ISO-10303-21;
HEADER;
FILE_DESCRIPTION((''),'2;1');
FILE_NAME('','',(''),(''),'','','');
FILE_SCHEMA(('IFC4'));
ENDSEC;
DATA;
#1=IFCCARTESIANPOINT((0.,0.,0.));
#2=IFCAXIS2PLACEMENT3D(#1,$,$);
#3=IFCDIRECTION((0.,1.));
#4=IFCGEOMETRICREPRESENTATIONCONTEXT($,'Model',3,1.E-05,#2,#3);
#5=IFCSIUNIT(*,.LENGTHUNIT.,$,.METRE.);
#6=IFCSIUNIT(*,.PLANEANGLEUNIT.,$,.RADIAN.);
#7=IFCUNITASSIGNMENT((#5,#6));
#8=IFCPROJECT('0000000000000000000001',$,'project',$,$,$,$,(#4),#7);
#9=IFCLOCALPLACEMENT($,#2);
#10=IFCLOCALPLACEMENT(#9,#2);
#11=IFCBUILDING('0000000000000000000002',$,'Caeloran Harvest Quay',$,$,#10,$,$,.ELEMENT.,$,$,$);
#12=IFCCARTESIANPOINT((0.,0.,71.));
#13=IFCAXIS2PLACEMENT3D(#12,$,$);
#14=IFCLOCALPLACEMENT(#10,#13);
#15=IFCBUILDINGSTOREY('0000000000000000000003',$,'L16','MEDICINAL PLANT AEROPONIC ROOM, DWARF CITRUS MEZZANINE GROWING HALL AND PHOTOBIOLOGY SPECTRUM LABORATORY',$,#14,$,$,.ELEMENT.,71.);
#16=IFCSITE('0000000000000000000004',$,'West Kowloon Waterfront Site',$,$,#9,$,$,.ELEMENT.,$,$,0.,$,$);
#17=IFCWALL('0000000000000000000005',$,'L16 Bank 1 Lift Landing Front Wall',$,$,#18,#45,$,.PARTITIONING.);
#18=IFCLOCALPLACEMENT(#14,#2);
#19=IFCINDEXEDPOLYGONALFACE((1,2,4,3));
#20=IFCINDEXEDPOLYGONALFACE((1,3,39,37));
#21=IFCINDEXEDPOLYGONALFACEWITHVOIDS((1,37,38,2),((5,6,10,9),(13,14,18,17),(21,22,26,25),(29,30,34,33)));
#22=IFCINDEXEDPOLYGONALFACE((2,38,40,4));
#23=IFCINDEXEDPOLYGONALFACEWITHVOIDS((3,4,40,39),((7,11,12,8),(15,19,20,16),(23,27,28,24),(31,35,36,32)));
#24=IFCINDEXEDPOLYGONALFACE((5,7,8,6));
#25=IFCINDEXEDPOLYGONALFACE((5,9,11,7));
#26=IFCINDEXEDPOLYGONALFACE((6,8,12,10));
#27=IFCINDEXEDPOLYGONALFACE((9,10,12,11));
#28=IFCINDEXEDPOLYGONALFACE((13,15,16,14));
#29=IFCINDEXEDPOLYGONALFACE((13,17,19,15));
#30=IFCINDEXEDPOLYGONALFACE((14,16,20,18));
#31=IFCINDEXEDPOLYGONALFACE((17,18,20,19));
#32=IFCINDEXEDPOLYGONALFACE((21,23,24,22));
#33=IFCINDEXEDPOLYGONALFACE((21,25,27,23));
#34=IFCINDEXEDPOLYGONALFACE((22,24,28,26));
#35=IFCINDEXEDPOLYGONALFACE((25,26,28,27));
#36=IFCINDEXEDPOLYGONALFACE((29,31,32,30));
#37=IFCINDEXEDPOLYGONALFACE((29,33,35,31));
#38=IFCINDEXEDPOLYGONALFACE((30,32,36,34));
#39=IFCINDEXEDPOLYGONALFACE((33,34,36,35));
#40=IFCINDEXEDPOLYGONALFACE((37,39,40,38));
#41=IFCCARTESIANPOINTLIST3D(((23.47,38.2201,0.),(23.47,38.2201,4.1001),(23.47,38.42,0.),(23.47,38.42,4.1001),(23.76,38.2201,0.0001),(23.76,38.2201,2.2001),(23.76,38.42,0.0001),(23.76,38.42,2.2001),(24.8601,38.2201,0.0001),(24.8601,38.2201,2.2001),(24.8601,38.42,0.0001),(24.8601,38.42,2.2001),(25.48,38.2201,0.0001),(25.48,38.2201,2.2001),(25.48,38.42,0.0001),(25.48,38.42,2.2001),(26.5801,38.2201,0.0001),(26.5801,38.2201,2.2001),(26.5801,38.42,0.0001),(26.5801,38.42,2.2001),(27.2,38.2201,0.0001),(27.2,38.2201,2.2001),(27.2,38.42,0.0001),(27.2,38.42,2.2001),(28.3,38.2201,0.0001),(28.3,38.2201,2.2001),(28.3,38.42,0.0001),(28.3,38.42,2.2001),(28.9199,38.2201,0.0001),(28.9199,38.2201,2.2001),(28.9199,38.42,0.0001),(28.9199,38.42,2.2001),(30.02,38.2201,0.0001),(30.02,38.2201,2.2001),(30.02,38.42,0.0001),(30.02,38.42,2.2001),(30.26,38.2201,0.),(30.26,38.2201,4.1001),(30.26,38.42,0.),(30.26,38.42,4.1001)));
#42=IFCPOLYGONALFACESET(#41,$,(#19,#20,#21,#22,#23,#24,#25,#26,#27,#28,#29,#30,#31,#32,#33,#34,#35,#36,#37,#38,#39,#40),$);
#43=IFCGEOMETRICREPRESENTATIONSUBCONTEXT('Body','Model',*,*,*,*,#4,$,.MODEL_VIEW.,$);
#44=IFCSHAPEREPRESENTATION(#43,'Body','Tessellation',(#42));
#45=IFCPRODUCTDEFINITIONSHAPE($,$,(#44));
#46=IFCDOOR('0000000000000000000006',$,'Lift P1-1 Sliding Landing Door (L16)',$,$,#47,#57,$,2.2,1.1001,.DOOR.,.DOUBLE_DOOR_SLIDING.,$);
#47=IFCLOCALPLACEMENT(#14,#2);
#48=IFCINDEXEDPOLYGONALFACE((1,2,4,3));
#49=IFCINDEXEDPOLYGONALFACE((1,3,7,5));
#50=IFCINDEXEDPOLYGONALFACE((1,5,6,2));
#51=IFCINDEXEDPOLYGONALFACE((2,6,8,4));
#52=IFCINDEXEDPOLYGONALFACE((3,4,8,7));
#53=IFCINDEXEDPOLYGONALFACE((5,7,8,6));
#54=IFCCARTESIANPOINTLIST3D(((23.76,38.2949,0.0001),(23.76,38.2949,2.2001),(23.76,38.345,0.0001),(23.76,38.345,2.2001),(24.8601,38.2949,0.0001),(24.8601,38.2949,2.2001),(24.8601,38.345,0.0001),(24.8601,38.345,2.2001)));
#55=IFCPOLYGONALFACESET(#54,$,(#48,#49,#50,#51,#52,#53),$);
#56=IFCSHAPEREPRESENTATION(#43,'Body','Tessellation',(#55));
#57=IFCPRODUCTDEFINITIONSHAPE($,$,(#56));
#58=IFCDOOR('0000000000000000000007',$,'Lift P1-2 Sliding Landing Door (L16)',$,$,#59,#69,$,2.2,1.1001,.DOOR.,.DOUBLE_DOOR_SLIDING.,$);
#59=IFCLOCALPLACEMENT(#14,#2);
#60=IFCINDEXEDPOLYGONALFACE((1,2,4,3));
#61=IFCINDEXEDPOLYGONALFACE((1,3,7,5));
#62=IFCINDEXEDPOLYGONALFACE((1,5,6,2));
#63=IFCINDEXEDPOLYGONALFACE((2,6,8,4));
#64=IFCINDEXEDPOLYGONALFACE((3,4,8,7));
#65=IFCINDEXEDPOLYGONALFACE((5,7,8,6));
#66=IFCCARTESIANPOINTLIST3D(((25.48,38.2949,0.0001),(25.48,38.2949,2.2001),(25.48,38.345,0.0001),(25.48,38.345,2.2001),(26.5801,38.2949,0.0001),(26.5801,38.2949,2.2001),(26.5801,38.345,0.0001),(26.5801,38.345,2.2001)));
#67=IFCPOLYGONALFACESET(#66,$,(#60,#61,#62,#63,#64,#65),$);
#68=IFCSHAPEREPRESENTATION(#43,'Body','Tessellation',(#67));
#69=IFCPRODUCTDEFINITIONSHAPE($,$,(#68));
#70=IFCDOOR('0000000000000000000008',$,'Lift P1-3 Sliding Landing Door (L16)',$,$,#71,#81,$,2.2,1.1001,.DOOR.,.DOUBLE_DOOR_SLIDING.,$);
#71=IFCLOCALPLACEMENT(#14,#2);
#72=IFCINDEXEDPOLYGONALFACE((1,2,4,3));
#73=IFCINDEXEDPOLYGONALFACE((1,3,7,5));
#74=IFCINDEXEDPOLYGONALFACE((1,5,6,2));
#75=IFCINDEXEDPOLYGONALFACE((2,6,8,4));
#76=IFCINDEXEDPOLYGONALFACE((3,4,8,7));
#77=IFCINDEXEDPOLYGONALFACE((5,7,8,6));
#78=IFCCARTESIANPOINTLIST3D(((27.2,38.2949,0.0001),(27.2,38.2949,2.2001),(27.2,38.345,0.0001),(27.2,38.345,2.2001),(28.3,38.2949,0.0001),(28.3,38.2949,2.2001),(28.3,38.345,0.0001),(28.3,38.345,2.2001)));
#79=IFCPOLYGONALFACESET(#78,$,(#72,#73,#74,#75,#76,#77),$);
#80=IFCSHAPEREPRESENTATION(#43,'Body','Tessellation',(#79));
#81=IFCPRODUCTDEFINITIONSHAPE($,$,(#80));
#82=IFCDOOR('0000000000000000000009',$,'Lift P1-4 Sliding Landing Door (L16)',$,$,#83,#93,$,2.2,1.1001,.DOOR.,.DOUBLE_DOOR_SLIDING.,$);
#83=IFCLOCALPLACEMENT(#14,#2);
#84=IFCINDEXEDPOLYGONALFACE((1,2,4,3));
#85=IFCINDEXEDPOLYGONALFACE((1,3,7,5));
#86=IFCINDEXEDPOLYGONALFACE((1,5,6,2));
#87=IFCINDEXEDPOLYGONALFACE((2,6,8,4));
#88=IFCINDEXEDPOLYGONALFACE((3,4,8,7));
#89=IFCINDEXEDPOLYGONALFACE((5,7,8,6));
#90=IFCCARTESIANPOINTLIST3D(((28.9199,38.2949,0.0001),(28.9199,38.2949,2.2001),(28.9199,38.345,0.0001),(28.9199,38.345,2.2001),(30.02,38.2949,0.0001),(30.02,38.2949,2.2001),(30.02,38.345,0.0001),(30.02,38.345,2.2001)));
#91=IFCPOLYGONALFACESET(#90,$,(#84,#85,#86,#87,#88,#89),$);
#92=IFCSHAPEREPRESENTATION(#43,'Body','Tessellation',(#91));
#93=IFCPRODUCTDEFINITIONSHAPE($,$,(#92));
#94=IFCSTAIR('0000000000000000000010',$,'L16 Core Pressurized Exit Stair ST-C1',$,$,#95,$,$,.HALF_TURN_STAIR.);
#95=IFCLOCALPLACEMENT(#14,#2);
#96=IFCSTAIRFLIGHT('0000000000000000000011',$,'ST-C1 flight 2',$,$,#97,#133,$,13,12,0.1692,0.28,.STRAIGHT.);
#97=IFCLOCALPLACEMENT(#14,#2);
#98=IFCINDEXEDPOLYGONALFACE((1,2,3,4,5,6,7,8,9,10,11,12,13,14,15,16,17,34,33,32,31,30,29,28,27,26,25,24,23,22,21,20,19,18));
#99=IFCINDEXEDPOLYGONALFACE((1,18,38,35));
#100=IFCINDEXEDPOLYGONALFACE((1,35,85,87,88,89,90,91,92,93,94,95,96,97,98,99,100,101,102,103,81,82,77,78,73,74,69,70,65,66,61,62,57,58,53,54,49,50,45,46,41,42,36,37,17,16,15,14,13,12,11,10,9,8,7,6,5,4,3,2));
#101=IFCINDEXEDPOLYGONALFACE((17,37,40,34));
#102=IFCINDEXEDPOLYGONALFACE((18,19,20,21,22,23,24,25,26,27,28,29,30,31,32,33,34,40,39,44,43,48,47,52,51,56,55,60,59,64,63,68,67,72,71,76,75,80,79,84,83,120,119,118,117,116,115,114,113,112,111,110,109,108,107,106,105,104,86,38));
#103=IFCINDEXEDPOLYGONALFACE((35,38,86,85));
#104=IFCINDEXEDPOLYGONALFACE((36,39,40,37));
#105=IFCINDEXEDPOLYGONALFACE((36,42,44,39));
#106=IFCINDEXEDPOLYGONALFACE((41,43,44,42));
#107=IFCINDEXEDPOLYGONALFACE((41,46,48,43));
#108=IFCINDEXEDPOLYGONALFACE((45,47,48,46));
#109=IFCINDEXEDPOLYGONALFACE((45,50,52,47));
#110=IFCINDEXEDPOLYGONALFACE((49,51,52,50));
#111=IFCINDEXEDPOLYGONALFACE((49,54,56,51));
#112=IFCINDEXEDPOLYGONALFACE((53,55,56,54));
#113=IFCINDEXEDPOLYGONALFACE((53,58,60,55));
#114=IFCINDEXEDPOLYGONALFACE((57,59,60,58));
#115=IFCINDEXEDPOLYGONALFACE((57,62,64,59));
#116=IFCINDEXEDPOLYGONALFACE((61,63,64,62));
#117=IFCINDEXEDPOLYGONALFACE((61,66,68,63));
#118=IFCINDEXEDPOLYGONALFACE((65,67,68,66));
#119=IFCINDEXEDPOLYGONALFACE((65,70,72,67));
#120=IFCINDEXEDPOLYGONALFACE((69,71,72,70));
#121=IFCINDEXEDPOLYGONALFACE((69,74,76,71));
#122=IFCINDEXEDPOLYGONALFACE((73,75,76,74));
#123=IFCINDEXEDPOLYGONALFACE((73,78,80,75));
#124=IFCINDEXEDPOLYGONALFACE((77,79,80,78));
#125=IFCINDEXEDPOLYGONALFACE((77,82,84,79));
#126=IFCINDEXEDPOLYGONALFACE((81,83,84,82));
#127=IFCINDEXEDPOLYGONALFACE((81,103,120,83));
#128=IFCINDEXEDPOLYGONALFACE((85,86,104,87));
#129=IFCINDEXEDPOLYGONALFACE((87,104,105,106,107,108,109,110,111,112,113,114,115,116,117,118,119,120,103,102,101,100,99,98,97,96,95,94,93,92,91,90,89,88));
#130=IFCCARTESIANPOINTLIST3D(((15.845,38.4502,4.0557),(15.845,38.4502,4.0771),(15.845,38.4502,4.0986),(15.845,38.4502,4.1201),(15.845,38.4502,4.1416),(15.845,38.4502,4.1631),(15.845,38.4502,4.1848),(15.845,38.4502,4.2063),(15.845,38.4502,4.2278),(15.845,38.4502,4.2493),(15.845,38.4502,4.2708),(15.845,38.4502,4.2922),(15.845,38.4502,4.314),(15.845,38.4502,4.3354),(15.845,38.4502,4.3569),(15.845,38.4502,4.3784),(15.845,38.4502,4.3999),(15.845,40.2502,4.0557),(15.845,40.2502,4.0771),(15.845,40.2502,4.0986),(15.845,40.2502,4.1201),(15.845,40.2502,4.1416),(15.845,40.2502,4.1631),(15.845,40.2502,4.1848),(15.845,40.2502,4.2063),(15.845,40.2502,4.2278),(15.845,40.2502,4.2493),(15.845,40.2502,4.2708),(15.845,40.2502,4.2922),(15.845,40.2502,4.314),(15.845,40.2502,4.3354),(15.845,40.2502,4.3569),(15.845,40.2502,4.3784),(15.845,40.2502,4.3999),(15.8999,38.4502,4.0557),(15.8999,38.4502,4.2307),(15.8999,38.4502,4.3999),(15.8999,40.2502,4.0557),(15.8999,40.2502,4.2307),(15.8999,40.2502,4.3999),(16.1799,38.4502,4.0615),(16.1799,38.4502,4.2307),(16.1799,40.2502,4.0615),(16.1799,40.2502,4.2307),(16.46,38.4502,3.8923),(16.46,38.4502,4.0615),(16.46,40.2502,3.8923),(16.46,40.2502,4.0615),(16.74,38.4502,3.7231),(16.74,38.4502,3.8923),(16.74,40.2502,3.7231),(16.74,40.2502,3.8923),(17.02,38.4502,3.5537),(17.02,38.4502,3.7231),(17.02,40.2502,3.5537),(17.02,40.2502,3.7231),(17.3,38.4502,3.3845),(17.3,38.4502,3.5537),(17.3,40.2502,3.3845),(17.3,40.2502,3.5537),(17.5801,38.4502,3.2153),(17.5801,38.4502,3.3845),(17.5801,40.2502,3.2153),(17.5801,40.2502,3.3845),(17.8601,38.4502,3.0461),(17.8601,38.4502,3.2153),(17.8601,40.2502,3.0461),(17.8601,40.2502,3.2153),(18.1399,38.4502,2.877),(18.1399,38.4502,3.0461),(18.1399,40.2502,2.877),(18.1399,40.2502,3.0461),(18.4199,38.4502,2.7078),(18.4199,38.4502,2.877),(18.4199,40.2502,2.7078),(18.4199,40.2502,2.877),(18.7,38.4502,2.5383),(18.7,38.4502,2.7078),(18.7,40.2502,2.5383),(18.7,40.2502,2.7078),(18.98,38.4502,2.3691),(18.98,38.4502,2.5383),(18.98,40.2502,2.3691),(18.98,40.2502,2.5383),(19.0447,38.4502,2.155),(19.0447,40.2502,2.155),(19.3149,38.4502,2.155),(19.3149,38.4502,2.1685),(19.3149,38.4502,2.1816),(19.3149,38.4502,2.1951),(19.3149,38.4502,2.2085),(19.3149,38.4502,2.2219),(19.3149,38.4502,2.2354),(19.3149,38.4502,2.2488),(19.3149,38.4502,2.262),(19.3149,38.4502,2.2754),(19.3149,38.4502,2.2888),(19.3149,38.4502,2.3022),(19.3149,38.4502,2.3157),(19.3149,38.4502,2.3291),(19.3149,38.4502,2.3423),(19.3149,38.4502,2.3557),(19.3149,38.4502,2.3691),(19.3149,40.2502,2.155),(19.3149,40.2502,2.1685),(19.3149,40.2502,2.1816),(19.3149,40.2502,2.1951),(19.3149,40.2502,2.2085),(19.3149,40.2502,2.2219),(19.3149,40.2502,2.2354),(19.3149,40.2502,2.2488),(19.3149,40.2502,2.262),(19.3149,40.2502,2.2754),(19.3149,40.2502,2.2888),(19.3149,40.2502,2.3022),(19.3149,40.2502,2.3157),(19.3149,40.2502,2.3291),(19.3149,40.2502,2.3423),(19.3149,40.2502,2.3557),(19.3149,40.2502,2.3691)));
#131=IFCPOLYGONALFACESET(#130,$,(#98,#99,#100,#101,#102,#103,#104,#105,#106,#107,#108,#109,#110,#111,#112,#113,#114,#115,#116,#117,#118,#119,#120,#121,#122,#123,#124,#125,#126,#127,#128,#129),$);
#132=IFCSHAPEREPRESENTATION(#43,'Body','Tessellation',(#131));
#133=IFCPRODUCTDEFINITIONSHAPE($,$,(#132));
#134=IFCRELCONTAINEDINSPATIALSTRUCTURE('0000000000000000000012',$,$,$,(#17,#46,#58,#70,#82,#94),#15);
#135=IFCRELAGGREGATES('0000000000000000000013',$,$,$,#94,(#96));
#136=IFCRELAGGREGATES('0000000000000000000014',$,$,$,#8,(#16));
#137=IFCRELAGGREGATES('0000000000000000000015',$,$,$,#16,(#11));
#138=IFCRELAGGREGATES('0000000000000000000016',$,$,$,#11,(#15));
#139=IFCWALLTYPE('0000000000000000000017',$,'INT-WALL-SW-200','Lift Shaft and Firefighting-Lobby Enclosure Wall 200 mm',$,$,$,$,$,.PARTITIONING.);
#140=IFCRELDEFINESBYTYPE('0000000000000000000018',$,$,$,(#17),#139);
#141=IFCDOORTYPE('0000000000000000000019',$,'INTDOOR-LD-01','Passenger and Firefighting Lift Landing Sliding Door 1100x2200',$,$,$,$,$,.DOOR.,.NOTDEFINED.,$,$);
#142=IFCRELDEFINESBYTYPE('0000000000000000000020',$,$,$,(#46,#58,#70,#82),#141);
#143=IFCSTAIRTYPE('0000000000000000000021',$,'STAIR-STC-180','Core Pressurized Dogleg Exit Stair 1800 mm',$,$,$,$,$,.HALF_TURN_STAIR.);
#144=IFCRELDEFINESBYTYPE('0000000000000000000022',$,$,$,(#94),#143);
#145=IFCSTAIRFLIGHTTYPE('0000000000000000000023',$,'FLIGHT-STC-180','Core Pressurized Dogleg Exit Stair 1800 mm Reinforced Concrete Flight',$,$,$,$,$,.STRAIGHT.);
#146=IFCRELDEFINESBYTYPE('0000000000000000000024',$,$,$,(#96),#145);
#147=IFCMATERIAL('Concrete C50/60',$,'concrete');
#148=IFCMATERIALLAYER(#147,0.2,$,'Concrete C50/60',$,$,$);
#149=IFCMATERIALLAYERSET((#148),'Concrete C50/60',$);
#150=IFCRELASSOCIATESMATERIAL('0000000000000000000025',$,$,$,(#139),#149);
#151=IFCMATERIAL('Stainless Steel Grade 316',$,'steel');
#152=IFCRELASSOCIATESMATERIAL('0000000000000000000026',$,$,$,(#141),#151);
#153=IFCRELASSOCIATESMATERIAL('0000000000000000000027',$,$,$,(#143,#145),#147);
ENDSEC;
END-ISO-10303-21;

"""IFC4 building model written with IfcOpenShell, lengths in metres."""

from ifc_helpers import new_model, si_unit, direction, frame, frame_2d, origin, place, context, subcontext, project, spatial, polyline, rectangle, outline, extrude, material, layer, layer_set, type_object, element, fill, aggregate, save


model = new_model("IFC4")

# Units and contexts
model_context = context("Model", 3, precision=1e-05, world=origin(), true_north=direction((0.0, 1.0)))
body_context = subcontext(model_context, "Body", "Model", "MODEL_VIEW")
ifc_project = project(units=[si_unit("LENGTHUNIT", "METRE"), si_unit("PLANEANGLEUNIT", "RADIAN")], contexts=[model_context])

# Site, building, storey
site_placement = place(None, origin())
site = spatial("IfcSite", under=ifc_project, at=site_placement, Name="West Kowloon Waterfront Site", CompositionType="ELEMENT", RefElevation=0.0)
building_placement = place(site_placement, origin())
building = spatial("IfcBuilding", under=site, at=building_placement, Name="Caeloran Harvest Quay", CompositionType="ELEMENT")
storey_placement = place(building_placement, frame((0.0, 0.0, 71.0)))
storey = spatial("IfcBuildingStorey", under=building, at=storey_placement, Name="L16", Description="MEDICINAL PLANT AEROPONIC ROOM, DWARF CITRUS MEZZANINE GROWING HALL AND PHOTOBIOLOGY SPECTRUM LABORATORY", CompositionType="ELEMENT", Elevation=71.0)

# Shared definitions
ifc_material_1 = material(Name="Concrete C50/60", Category="concrete")
ifc_layer_1 = layer(ifc_material_1, 0.2, Name="Concrete C50/60")
ifc_layer_set_1 = layer_set([ifc_layer_1], Name="Concrete C50/60")
wall_type_1 = type_object("IfcWallType", Name="INT-WALL-SW-200", Description="Lift Shaft and Firefighting-Lobby Enclosure Wall 200 mm", PredefinedType="PARTITIONING", material=ifc_layer_set_1)
ifc_material_2 = material(Name="Stainless Steel Grade 316", Category="steel")

# Wall, openings, doors
wall_1_placement = place(storey_placement, frame((23.47, 38.3201, 0.0), z_axis=(0.0, 0.0, 1.0), x_axis=(1.0, 0.0, 0.0)))
wall_1 = element("IfcWall", 1, at=wall_1_placement, inside=storey, type_object=wall_type_1, Name="L16 Bank 1 Lift Landing Front Wall", PredefinedType="PARTITIONING", context=body_context, shape_type="SweptSolid", body=[
    extrude(rectangle(XDim=6.79, YDim=0.2, at=frame_2d((3.395, 0.0))), origin(), (0.0, 0.0, 1.0), 4.1001),
])
opening_1_placement = place(wall_1_placement, frame((0.29, 0.0, 0.0)))
opening_1 = element("IfcOpeningElement", 2, at=opening_1_placement, cuts=wall_1, PredefinedType="OPENING", context=body_context, shape_type="SweptSolid", body=[
    extrude(rectangle(XDim=1.1001, YDim=2.2, at=frame_2d((0.55, 1.1001))), frame((0.0, 0.1099, 0.0), z_axis=(0.0, -1.0, 0.0), x_axis=(1.0, 0.0, 0.0)), (0.0, 0.0, 1.0), 0.22),
])
opening_2_placement = place(wall_1_placement, frame((2.01, 0.0, 0.0)))
opening_2 = element("IfcOpeningElement", 3, at=opening_2_placement, cuts=wall_1, PredefinedType="OPENING", context=body_context, shape_type="SweptSolid", body=[
    extrude(rectangle(XDim=1.1001, YDim=2.2, at=frame_2d((0.55, 1.1001))), frame((0.0, 0.1099, 0.0), z_axis=(0.0, -1.0, 0.0), x_axis=(1.0, 0.0, 0.0)), (0.0, 0.0, 1.0), 0.22),
])
opening_3_placement = place(wall_1_placement, frame((3.73, 0.0, 0.0)))
opening_3 = element("IfcOpeningElement", 4, at=opening_3_placement, cuts=wall_1, PredefinedType="OPENING", context=body_context, shape_type="SweptSolid", body=[
    extrude(rectangle(XDim=1.1001, YDim=2.2, at=frame_2d((0.55, 1.1001))), frame((0.0, 0.1099, 0.0), z_axis=(0.0, -1.0, 0.0), x_axis=(1.0, 0.0, 0.0)), (0.0, 0.0, 1.0), 0.22),
])
opening_4_placement = place(wall_1_placement, frame((5.45, 0.0, 0.0)))
opening_4 = element("IfcOpeningElement", 5, at=opening_4_placement, cuts=wall_1, PredefinedType="OPENING", context=body_context, shape_type="SweptSolid", body=[
    extrude(rectangle(XDim=1.1001, YDim=2.2, at=frame_2d((0.55, 1.1001))), frame((0.0, 0.1099, 0.0), z_axis=(0.0, -1.0, 0.0), x_axis=(1.0, 0.0, 0.0)), (0.0, 0.0, 1.0), 0.22),
])
door_type_1 = type_object("IfcDoorType", Name="INTDOOR-LD-01", Description="Passenger and Firefighting Lift Landing Sliding Door 1100x2200", OperationType="NOTDEFINED", PredefinedType="DOOR", material=ifc_material_2)
door_1_placement = place(opening_1_placement, origin())
door_1 = element("IfcDoor", 6, at=door_1_placement, inside=storey, type_object=door_type_1, Name="Lift P1-1 Sliding Landing Door (L16)", OperationType="DOUBLE_DOOR_SLIDING", OverallHeight=2.2, OverallWidth=1.1001, PredefinedType="DOOR", context=body_context, shape_type="SweptSolid", body=[
    extrude(rectangle(XDim=1.1001, YDim=2.2, at=frame_2d((0.55, 1.1001))), frame((0.0, 0.0249, 0.0), z_axis=(0.0, -1.0, 0.0), x_axis=(1.0, 0.0, 0.0)), (0.0, 0.0, 1.0), 0.05),
])
fill(opening_1, door_1)
door_2_placement = place(opening_2_placement, origin())
door_2 = element("IfcDoor", 7, at=door_2_placement, inside=storey, type_object=door_type_1, Name="Lift P1-2 Sliding Landing Door (L16)", OperationType="DOUBLE_DOOR_SLIDING", OverallHeight=2.2, OverallWidth=1.1001, PredefinedType="DOOR", context=body_context, shape_type="SweptSolid", body=[
    extrude(rectangle(XDim=1.1001, YDim=2.2, at=frame_2d((0.55, 1.1001))), frame((0.0, 0.0249, 0.0), z_axis=(0.0, -1.0, 0.0), x_axis=(1.0, 0.0, 0.0)), (0.0, 0.0, 1.0), 0.05),
])
fill(opening_2, door_2)
door_3_placement = place(opening_3_placement, origin())
door_3 = element("IfcDoor", 8, at=door_3_placement, inside=storey, type_object=door_type_1, Name="Lift P1-3 Sliding Landing Door (L16)", OperationType="DOUBLE_DOOR_SLIDING", OverallHeight=2.2, OverallWidth=1.1001, PredefinedType="DOOR", context=body_context, shape_type="SweptSolid", body=[
    extrude(rectangle(XDim=1.1001, YDim=2.2, at=frame_2d((0.55, 1.1001))), frame((0.0, 0.0249, 0.0), z_axis=(0.0, -1.0, 0.0), x_axis=(1.0, 0.0, 0.0)), (0.0, 0.0, 1.0), 0.05),
])
fill(opening_3, door_3)
door_4_placement = place(opening_4_placement, origin())
door_4 = element("IfcDoor", 9, at=door_4_placement, inside=storey, type_object=door_type_1, Name="Lift P1-4 Sliding Landing Door (L16)", OperationType="DOUBLE_DOOR_SLIDING", OverallHeight=2.2, OverallWidth=1.1001, PredefinedType="DOOR", context=body_context, shape_type="SweptSolid", body=[
    extrude(rectangle(XDim=1.1001, YDim=2.2, at=frame_2d((0.55, 1.1001))), frame((0.0, 0.0249, 0.0), z_axis=(0.0, -1.0, 0.0), x_axis=(1.0, 0.0, 0.0)), (0.0, 0.0, 1.0), 0.05),
])
fill(opening_4, door_4)

# Stair, stair flight
stair_type = type_object("IfcStairType", Name="STAIR-STC-180", Description="Core Pressurized Dogleg Exit Stair 1800 mm", PredefinedType="HALF_TURN_STAIR", material=ifc_material_1)
stair_1_placement = place(storey_placement, origin())
stair_1 = element("IfcStair", 10, at=stair_1_placement, inside=storey, type_object=stair_type, Name="L16 Core Pressurized Exit Stair ST-C1", PredefinedType="HALF_TURN_STAIR")
stair_flight_type = type_object("IfcStairFlightType", Name="FLIGHT-STC-180", Description="Core Pressurized Dogleg Exit Stair 1800 mm Reinforced Concrete Flight", PredefinedType="STRAIGHT", material=ifc_material_1)
stair_flight_1_placement = place(storey_placement, frame((19.26, 39.3501, 2.2), z_axis=(0.0, 0.0, 1.0), x_axis=(-1.0, 0.0, 0.0)))
stair_flight_1 = element("IfcStairFlight", 11, at=stair_flight_1_placement, type_object=stair_flight_type, Name="ST-C1 flight 2", NumberOfRisers=13, NumberOfTreads=12, PredefinedType="STRAIGHT", RiserHeight=0.1692, TreadLength=0.28, context=body_context, shape_type="SweptSolid", body=[
    extrude(outline(polyline([(-0.0549, -0.0449), (-0.0549, -0.0315), (-0.0549, -0.0183), (-0.0549, -0.0049), (-0.0549, 0.0085), (-0.0549, 0.022), (-0.0549, 0.0354), (-0.0549, 0.0488), (-0.0549, 0.062), (-0.0549, 0.0754), (-0.0549, 0.0889), (-0.0549, 0.1023), (-0.0549, 0.1157), (-0.0549, 0.1292), (-0.0549, 0.1423), (-0.0549, 0.1558), (-0.0549, 0.1692), (0.28, 0.1692), (0.28, 0.3384), (0.5601, 0.3384), (0.5601, 0.5078), (0.8401, 0.5078), (0.8401, 0.677), (1.1201, 0.677), (1.1201, 0.8462), (1.3999, 0.8462), (1.3999, 1.0154), (1.6799, 1.0154), (1.6799, 1.1846), (1.96, 1.1846), (1.96, 1.3538), (2.24, 1.3538), (2.24, 1.5232), (2.52, 1.5232), (2.52, 1.6924), (2.8, 1.6924), (2.8, 1.8616), (3.0801, 1.8616), (3.0801, 2.0308), (3.3601, 2.0308), (3.3601, 2.2), (3.415, 2.2), (3.415, 2.1785), (3.415, 2.157), (3.415, 2.1355), (3.415, 2.114), (3.415, 2.0923), (3.415, 2.0708), (3.415, 2.0493), (3.415, 2.0278), (3.415, 2.0063), (3.415, 1.9849), (3.415, 1.9631), (3.415, 1.9417), (3.415, 1.9202), (3.415, 1.8987), (3.415, 1.8772), (3.415, 1.8557), (3.3601, 1.8557), (0.2153, -0.0449), (-0.0549, -0.0449)])), frame((0.0, 0.8999, 0.0), z_axis=(0.0, -1.0, 0.0), x_axis=(1.0, 0.0, 0.0)), (0.0, 0.0, 1.0), 1.8),
])
aggregate(stair_1, [stair_flight_1])

save(model, "model.ifc")
